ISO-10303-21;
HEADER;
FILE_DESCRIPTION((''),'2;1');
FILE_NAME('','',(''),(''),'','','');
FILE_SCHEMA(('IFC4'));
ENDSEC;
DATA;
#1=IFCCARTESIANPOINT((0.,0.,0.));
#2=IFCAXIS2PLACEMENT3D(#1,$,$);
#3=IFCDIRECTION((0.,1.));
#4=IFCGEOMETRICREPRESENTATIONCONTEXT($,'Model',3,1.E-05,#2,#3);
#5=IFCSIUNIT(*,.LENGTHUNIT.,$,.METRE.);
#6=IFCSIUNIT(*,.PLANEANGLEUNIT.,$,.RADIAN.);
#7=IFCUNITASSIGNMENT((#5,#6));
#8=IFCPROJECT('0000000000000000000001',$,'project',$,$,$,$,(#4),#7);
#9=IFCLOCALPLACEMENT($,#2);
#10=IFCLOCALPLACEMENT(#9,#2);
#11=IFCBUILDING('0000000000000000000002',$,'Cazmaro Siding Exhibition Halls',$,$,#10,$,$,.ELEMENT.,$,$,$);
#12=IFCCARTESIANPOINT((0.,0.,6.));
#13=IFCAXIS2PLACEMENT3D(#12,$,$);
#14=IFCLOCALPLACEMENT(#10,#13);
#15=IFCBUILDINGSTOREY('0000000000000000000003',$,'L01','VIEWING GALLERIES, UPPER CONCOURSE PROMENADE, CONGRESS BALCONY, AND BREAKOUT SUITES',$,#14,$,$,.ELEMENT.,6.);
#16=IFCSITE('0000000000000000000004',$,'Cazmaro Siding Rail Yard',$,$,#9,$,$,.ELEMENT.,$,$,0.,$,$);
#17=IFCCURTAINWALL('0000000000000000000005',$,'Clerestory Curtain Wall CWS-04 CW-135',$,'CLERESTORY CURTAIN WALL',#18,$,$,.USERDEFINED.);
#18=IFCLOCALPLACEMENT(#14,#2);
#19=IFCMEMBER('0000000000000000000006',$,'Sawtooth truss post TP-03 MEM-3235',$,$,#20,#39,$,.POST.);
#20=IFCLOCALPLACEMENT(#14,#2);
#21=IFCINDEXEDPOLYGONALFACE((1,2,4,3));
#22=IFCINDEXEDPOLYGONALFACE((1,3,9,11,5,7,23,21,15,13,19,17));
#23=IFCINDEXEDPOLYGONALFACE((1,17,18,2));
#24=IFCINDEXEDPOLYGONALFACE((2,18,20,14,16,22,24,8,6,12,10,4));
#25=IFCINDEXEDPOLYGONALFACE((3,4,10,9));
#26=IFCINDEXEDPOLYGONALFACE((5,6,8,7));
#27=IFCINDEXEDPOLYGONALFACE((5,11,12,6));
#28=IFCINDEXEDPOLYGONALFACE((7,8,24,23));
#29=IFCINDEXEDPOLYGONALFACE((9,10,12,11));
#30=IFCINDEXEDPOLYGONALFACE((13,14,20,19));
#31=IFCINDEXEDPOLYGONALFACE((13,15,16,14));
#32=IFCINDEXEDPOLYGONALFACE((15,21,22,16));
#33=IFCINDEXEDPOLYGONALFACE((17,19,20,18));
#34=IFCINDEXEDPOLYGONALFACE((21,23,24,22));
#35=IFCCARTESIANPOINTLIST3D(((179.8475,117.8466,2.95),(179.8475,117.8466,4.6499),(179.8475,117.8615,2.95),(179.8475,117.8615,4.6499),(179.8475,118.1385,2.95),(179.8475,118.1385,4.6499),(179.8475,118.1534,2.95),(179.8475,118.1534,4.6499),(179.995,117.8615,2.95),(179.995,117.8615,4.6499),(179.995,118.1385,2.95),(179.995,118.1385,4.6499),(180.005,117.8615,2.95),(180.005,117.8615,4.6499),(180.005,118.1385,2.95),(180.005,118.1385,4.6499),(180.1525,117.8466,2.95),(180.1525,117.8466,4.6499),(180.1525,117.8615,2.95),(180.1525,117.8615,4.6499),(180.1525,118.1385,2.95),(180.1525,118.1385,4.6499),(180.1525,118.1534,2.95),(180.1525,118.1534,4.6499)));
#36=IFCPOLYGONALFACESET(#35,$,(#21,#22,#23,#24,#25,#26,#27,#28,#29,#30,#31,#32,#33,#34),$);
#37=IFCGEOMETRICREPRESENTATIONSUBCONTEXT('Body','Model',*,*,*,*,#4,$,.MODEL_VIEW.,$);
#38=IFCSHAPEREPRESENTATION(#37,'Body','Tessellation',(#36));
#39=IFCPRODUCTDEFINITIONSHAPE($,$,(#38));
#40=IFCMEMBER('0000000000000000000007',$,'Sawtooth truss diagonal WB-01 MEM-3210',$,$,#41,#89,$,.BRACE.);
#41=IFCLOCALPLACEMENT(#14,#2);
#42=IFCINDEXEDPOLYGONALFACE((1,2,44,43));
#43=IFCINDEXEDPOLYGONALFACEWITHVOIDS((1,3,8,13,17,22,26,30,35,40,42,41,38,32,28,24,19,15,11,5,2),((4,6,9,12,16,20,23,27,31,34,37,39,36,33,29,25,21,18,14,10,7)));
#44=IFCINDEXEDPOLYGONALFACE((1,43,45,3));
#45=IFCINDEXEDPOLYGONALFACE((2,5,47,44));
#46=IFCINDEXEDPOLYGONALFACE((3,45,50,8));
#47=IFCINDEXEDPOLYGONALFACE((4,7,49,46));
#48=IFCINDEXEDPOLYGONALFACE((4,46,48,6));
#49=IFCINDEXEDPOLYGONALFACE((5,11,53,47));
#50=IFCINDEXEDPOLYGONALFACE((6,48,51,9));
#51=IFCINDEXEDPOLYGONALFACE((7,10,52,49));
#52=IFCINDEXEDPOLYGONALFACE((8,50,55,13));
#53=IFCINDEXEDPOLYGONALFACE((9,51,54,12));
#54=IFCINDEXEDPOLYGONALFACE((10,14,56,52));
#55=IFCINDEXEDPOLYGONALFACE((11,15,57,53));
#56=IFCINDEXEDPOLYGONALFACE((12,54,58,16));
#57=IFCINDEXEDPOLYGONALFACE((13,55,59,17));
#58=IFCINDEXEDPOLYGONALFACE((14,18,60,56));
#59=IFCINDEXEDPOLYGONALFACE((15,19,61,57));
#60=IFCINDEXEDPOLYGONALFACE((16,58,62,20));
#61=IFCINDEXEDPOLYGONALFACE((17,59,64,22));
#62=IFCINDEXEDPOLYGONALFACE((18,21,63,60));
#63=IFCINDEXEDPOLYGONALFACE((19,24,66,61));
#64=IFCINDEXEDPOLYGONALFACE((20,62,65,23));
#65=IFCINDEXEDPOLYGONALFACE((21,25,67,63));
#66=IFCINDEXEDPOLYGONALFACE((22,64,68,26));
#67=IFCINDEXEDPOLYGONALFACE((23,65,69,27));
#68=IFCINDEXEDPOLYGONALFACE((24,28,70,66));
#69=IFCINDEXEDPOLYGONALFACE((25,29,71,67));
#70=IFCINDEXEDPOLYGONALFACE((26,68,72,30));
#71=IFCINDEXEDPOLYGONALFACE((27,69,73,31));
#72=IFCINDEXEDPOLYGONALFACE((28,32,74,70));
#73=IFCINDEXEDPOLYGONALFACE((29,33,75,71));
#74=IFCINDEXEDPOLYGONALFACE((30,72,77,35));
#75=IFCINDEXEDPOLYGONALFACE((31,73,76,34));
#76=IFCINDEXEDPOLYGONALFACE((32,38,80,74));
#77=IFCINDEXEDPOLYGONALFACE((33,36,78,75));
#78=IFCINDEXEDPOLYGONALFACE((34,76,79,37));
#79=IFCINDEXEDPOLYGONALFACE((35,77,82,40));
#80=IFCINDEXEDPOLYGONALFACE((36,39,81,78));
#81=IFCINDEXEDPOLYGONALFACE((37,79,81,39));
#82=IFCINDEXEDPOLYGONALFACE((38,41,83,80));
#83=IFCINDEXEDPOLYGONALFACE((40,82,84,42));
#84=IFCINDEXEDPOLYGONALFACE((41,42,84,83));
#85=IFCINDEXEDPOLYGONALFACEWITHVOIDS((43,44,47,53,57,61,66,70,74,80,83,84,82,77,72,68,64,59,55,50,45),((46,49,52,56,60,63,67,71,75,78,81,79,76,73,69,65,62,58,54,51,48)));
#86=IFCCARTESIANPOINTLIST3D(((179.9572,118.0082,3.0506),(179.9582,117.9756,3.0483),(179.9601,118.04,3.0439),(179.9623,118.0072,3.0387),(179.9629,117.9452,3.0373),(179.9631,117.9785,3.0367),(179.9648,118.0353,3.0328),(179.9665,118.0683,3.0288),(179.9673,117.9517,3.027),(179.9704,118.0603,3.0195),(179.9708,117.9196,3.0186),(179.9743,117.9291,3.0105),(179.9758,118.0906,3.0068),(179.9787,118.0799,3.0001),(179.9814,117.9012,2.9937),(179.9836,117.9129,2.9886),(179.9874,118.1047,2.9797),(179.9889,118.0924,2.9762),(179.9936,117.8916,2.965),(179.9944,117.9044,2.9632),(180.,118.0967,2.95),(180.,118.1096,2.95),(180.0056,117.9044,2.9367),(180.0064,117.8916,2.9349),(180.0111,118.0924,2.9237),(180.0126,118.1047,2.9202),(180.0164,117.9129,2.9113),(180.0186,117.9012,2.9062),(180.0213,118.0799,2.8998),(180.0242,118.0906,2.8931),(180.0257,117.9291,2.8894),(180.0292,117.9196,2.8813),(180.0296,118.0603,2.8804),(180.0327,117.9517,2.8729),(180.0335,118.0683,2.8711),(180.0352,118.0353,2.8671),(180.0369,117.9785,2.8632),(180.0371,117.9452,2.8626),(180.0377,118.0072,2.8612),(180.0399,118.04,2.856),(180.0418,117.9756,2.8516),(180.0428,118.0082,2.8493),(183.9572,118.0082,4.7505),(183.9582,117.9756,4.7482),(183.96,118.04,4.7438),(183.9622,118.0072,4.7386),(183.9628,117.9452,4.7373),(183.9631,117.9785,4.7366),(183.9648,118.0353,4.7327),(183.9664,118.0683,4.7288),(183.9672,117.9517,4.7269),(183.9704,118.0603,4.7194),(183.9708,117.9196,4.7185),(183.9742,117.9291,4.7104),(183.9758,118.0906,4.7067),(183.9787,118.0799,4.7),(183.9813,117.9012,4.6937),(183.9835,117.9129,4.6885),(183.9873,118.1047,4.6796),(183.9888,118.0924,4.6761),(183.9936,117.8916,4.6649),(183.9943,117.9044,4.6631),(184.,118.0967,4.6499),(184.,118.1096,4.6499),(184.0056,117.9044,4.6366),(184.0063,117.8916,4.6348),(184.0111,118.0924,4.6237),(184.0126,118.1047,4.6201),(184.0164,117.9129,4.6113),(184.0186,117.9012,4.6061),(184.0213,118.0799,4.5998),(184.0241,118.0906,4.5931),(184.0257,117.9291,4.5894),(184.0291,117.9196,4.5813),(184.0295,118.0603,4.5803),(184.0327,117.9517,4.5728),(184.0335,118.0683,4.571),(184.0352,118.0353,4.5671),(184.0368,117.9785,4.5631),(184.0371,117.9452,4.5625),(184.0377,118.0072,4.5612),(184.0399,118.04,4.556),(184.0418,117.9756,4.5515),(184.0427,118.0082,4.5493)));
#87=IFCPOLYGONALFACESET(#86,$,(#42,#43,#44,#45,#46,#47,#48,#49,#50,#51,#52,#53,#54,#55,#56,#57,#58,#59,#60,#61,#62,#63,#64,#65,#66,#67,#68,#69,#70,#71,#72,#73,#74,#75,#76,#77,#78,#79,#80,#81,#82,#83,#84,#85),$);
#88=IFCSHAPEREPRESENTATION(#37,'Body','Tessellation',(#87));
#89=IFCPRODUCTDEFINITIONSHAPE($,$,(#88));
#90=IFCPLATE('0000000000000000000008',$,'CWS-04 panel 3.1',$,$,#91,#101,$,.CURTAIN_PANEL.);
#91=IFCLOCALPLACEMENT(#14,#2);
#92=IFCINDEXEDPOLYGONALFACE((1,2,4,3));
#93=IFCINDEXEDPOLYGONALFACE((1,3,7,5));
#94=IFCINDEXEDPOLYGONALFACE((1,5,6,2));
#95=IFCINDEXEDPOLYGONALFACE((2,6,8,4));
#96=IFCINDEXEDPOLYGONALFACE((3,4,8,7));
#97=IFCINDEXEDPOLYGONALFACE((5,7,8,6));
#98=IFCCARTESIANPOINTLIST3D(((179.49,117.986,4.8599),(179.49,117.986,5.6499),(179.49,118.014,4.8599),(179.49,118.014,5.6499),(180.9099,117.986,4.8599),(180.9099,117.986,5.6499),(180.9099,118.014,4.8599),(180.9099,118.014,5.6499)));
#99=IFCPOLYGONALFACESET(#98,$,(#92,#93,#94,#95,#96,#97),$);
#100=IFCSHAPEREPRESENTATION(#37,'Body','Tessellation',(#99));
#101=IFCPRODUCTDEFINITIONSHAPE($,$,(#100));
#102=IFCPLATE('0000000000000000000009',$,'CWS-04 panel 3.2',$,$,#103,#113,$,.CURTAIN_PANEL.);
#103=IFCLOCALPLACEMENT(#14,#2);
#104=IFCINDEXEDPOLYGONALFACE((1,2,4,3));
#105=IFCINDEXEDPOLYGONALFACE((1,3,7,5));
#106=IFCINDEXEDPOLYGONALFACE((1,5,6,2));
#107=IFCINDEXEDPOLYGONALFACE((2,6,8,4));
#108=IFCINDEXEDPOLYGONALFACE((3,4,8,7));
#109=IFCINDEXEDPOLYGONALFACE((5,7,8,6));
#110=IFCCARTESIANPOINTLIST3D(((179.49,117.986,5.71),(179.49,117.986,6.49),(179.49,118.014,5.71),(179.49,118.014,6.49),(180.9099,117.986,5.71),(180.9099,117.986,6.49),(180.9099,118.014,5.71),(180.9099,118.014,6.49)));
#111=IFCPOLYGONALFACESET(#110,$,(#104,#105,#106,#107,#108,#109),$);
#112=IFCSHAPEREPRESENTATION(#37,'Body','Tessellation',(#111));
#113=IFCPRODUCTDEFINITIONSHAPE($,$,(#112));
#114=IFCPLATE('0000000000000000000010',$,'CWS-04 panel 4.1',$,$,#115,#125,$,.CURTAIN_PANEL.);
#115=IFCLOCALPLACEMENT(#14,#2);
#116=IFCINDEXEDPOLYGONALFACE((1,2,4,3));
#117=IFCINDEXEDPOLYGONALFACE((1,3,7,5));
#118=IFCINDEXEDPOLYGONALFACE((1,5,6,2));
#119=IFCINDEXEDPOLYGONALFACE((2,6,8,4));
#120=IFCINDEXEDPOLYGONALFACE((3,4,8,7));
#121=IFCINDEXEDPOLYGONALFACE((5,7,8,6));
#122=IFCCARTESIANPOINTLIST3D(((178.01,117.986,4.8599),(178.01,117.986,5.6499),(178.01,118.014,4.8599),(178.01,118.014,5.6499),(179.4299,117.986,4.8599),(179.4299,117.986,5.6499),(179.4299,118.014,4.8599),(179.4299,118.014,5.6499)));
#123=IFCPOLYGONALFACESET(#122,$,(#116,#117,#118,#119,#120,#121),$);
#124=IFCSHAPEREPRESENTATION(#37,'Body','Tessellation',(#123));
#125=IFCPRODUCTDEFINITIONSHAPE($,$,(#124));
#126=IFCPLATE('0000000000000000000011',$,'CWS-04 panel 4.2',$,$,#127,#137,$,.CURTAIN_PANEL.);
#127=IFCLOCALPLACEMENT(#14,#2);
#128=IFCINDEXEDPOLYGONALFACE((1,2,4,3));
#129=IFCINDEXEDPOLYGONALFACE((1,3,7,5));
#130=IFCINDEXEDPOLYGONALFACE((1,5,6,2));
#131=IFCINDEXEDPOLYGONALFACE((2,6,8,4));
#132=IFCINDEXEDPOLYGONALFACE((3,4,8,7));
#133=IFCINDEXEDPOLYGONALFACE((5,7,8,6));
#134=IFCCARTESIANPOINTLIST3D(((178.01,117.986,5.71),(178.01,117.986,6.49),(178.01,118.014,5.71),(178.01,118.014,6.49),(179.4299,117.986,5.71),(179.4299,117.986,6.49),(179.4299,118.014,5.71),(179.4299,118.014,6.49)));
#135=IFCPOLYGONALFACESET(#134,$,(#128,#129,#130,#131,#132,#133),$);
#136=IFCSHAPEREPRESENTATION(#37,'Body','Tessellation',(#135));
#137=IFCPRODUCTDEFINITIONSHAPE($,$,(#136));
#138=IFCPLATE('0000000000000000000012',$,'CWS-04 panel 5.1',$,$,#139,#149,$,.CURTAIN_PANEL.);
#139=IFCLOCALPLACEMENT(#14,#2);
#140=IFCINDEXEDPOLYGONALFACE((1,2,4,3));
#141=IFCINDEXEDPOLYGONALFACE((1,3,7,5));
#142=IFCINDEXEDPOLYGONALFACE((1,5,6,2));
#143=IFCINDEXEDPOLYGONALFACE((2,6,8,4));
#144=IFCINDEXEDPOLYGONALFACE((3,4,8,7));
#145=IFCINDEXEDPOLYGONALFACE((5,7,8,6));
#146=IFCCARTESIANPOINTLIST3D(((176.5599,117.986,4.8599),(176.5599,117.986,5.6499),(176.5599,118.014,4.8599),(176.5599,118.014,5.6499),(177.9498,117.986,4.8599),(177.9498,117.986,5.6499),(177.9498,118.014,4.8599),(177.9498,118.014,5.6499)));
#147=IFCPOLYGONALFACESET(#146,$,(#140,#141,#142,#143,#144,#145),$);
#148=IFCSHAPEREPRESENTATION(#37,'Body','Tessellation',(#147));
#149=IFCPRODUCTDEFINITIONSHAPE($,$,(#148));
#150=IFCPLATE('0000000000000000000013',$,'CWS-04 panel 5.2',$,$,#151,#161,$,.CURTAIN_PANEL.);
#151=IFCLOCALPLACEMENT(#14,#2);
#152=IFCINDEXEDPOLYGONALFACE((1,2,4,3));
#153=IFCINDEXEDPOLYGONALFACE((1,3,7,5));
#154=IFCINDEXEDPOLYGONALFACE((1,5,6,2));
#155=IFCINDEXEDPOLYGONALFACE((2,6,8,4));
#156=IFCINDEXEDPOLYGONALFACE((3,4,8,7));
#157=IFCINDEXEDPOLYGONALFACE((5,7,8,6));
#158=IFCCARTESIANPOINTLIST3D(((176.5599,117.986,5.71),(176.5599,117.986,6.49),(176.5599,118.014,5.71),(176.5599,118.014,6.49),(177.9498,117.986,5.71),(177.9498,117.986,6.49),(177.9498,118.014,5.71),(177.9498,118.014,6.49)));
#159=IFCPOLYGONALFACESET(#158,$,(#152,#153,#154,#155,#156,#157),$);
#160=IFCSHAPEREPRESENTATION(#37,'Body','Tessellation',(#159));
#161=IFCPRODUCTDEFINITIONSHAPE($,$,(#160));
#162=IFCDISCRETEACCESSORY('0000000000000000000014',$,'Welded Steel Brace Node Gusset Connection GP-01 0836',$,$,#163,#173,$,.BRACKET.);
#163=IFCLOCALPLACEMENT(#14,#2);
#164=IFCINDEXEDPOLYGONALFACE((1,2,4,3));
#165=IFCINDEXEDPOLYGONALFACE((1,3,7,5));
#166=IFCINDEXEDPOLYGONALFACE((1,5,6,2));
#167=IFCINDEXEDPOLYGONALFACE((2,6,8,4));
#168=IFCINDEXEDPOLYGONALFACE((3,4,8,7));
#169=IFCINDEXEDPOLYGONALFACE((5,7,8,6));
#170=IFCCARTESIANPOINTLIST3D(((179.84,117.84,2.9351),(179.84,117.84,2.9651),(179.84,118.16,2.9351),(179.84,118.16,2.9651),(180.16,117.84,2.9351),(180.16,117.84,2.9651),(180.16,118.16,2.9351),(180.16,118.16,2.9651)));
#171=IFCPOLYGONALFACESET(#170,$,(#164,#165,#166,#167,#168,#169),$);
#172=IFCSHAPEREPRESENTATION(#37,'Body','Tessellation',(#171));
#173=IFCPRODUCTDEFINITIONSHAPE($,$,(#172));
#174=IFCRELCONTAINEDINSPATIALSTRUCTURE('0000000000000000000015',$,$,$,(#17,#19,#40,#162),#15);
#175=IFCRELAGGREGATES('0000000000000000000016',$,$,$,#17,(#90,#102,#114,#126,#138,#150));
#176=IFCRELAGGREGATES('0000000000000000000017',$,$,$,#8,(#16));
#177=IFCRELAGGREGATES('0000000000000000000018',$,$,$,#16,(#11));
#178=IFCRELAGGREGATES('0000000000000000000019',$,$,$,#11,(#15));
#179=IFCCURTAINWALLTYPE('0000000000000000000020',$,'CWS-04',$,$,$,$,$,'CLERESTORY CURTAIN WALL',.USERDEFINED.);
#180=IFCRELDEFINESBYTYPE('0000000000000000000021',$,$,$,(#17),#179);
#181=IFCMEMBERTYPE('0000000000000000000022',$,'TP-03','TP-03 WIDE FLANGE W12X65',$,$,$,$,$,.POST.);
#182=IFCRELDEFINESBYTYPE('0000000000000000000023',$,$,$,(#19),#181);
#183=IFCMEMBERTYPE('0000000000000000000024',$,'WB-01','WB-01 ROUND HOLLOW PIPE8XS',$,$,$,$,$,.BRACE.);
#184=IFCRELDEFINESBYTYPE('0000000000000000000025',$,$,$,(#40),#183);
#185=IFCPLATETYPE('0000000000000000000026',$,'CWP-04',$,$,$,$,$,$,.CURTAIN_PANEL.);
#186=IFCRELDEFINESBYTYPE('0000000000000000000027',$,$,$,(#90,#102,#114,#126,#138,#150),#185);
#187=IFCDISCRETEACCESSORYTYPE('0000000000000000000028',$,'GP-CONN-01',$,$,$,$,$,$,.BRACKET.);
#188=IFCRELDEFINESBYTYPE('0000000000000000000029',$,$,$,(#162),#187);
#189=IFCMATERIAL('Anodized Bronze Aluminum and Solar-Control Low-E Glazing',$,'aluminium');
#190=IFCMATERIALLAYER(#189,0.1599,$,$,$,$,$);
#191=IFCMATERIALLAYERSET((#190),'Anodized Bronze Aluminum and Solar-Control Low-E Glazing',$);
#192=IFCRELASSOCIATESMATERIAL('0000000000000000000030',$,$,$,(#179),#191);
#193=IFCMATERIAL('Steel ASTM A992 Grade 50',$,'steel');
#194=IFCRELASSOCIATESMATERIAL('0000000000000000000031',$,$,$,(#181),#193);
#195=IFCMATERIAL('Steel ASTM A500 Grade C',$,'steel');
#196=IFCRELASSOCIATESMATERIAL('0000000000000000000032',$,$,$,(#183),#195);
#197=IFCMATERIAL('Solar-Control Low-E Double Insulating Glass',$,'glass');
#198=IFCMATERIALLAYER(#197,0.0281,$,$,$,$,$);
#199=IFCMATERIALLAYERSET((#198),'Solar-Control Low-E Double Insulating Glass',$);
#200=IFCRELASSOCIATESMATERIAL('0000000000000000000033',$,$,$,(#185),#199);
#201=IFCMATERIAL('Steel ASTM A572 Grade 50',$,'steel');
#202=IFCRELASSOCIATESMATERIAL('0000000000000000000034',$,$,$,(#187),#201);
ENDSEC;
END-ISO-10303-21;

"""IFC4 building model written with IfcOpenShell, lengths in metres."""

from ifc_helpers import new_model, si_unit, direction, frame, origin, origin_2d, place, context, subcontext, project, spatial, rectangle, hollow_circle, i_section, extrude, material, layer, layer_set, material_profile, profile_set, type_object, element, aggregate, save


model = new_model("IFC4")

# Units and contexts
model_context = context("Model", 3, precision=1e-05, world=origin(), true_north=direction((0.0, 1.0)))
body_context = subcontext(model_context, "Body", "Model", "MODEL_VIEW")
ifc_project = project(units=[si_unit("LENGTHUNIT", "METRE"), si_unit("PLANEANGLEUNIT", "RADIAN")], contexts=[model_context])

# Site, building, storey
site_placement = place(None, origin())
site = spatial("IfcSite", under=ifc_project, at=site_placement, Name="Cazmaro Siding Rail Yard", CompositionType="ELEMENT", RefElevation=0.0)
building_placement = place(site_placement, origin())
building = spatial("IfcBuilding", under=site, at=building_placement, Name="Cazmaro Siding Exhibition Halls", CompositionType="ELEMENT")
storey_placement = place(building_placement, frame((0.0, 0.0, 6.0)))
storey = spatial("IfcBuildingStorey", under=building, at=storey_placement, Name="L01", Description="VIEWING GALLERIES, UPPER CONCOURSE PROMENADE, CONGRESS BALCONY, AND BREAKOUT SUITES", CompositionType="ELEMENT", Elevation=6.0)

# Curtain wall
ifc_material_1 = material(Name="Anodized Bronze Aluminum and Solar-Control Low-E Glazing", Category="aluminium")
ifc_layer_1 = layer(ifc_material_1, 0.1599)
ifc_layer_set_1 = layer_set([ifc_layer_1], Name="Anodized Bronze Aluminum and Solar-Control Low-E Glazing")
curtain_wall_type = type_object("IfcCurtainWallType", Name="CWS-04", ElementType="CLERESTORY CURTAIN WALL", PredefinedType="USERDEFINED", material=ifc_layer_set_1)
curtain_wall_placement = place(storey_placement, origin())
curtain_wall = element("IfcCurtainWall", 1, at=curtain_wall_placement, inside=storey, type_object=curtain_wall_type, Name="Clerestory Curtain Wall CWS-04 CW-135", ObjectType="CLERESTORY CURTAIN WALL", PredefinedType="USERDEFINED")

# Members
ifc_material_2 = material(Name="Steel ASTM A992 Grade 50", Category="steel")
ifc_material_profile_1 = material_profile(ifc_material_2, i_section(OverallWidth=0.3049, OverallDepth=0.3069, WebThickness=0.01, FlangeThickness=0.0149, at=origin_2d()), Name="W12X65")
ifc_profile_set_1 = profile_set([ifc_material_profile_1], Name="Steel ASTM A992 Grade 50")
member_type_1 = type_object("IfcMemberType", Name="TP-03", Description="TP-03 WIDE FLANGE W12X65", PredefinedType="POST", material=ifc_profile_set_1)
member_1_placement = place(storey_placement, frame((180.0, 118.0, 2.95), z_axis=(0.0, 0.0, 1.0), x_axis=(1.0, 0.0, 0.0)))
element("IfcMember", 2, at=member_1_placement, inside=storey, type_object=member_type_1, Name="Sawtooth truss post TP-03 MEM-3235", PredefinedType="POST", context=body_context, shape_type="SweptSolid", body=[
    extrude(i_section(OverallWidth=0.3049, OverallDepth=0.3069, WebThickness=0.01, FlangeThickness=0.0149, at=origin_2d()), origin(), (0.0, 0.0, 1.0), 1.7),
])
ifc_material_3 = material(Name="Steel ASTM A500 Grade C", Category="steel")
ifc_material_profile_2 = material_profile(ifc_material_3, hollow_circle(Radius=0.1096, WallThickness=0.0129, at=origin_2d()), Name="PIPE8XS")
ifc_profile_set_2 = profile_set([ifc_material_profile_2], Name="Steel ASTM A500 Grade C")
member_type_2 = type_object("IfcMemberType", Name="WB-01", Description="WB-01 ROUND HOLLOW PIPE8XS", PredefinedType="BRACE", material=ifc_profile_set_2)
member_2_placement = place(storey_placement, frame((180.0, 118.0, 2.95), z_axis=(0.920335, 0.0, 0.391131), x_axis=(0.0, 1.0, 0.0)))
element("IfcMember", 3, at=member_2_placement, inside=storey, type_object=member_type_2, Name="Sawtooth truss diagonal WB-01 MEM-3210", PredefinedType="BRACE", context=body_context, shape_type="SweptSolid", body=[
    extrude(hollow_circle(Radius=0.1096, WallThickness=0.0129, at=origin_2d()), origin(), (0.0, 0.0, 1.0), 4.3462),
])

# Plates
ifc_material_4 = material(Name="Solar-Control Low-E Double Insulating Glass", Category="glass")
ifc_layer_2 = layer(ifc_material_4, 0.0281)
ifc_layer_set_2 = layer_set([ifc_layer_2], Name="Solar-Control Low-E Double Insulating Glass")
plate_type = type_object("IfcPlateType", Name="CWP-04", PredefinedType="CURTAIN_PANEL", material=ifc_layer_set_2)
plate_1_placement = place(storey_placement, frame((180.2, 118.0, 4.8599), z_axis=(0.0, 0.0, 1.0), x_axis=(-1.0, 0.0, 0.0)))
plate_1 = element("IfcPlate", 4, at=plate_1_placement, type_object=plate_type, Name="CWS-04 panel 3.1", PredefinedType="CURTAIN_PANEL", context=body_context, shape_type="SweptSolid", body=[
    extrude(rectangle(XDim=1.4199, YDim=0.0281, at=origin_2d()), origin(), (0.0, 0.0, 1.0), 0.79),
])
plate_2_placement = place(storey_placement, frame((180.2, 118.0, 5.71), z_axis=(0.0, 0.0, 1.0), x_axis=(-1.0, 0.0, 0.0)))
plate_2 = element("IfcPlate", 5, at=plate_2_placement, type_object=plate_type, Name="CWS-04 panel 3.2", PredefinedType="CURTAIN_PANEL", context=body_context, shape_type="SweptSolid", body=[
    extrude(rectangle(XDim=1.4199, YDim=0.0281, at=origin_2d()), origin(), (0.0, 0.0, 1.0), 0.78),
])
plate_3_placement = place(storey_placement, frame((178.72, 118.0, 4.8599), z_axis=(0.0, 0.0, 1.0), x_axis=(-1.0, 0.0, 0.0)))
plate_3 = element("IfcPlate", 6, at=plate_3_placement, type_object=plate_type, Name="CWS-04 panel 4.1", PredefinedType="CURTAIN_PANEL", context=body_context, shape_type="SweptSolid", body=[
    extrude(rectangle(XDim=1.4199, YDim=0.0281, at=origin_2d()), origin(), (0.0, 0.0, 1.0), 0.79),
])
plate_4_placement = place(storey_placement, frame((178.72, 118.0, 5.71), z_axis=(0.0, 0.0, 1.0), x_axis=(-1.0, 0.0, 0.0)))
plate_4 = element("IfcPlate", 7, at=plate_4_placement, type_object=plate_type, Name="CWS-04 panel 4.2", PredefinedType="CURTAIN_PANEL", context=body_context, shape_type="SweptSolid", body=[
    extrude(rectangle(XDim=1.4199, YDim=0.0281, at=origin_2d()), origin(), (0.0, 0.0, 1.0), 0.78),
])
plate_5_placement = place(storey_placement, frame((177.2549, 118.0, 4.8599), z_axis=(0.0, 0.0, 1.0), x_axis=(-1.0, 0.0, 0.0)))
plate_5 = element("IfcPlate", 8, at=plate_5_placement, type_object=plate_type, Name="CWS-04 panel 5.1", PredefinedType="CURTAIN_PANEL", context=body_context, shape_type="SweptSolid", body=[
    extrude(rectangle(XDim=1.3899, YDim=0.0281, at=origin_2d()), origin(), (0.0, 0.0, 1.0), 0.79),
])
plate_6_placement = place(storey_placement, frame((177.2549, 118.0, 5.71), z_axis=(0.0, 0.0, 1.0), x_axis=(-1.0, 0.0, 0.0)))
plate_6 = element("IfcPlate", 9, at=plate_6_placement, type_object=plate_type, Name="CWS-04 panel 5.2", PredefinedType="CURTAIN_PANEL", context=body_context, shape_type="SweptSolid", body=[
    extrude(rectangle(XDim=1.3899, YDim=0.0281, at=origin_2d()), origin(), (0.0, 0.0, 1.0), 0.78),
])
aggregate(curtain_wall, [plate_1, plate_2, plate_3, plate_4, plate_5, plate_6])

# Discrete accessory
ifc_material_5 = material(Name="Steel ASTM A572 Grade 50", Category="steel")
discrete_accessory_type = type_object("IfcDiscreteAccessoryType", Name="GP-CONN-01", PredefinedType="BRACKET", material=ifc_material_5)
discrete_accessory_placement = place(storey_placement, frame((180.0, 118.0, 2.9351), z_axis=(0.0, 0.0, 1.0), x_axis=(1.0, 0.0, 0.0)))
element("IfcDiscreteAccessory", 10, at=discrete_accessory_placement, inside=storey, type_object=discrete_accessory_type, Name="Welded Steel Brace Node Gusset Connection GP-01 0836", PredefinedType="BRACKET", context=body_context, shape_type="SweptSolid", body=[
    extrude(rectangle(XDim=0.3201, YDim=0.3201, at=origin_2d()), origin(), (0.0, 0.0, 1.0), 0.03),
])

save(model, "model.ifc")
